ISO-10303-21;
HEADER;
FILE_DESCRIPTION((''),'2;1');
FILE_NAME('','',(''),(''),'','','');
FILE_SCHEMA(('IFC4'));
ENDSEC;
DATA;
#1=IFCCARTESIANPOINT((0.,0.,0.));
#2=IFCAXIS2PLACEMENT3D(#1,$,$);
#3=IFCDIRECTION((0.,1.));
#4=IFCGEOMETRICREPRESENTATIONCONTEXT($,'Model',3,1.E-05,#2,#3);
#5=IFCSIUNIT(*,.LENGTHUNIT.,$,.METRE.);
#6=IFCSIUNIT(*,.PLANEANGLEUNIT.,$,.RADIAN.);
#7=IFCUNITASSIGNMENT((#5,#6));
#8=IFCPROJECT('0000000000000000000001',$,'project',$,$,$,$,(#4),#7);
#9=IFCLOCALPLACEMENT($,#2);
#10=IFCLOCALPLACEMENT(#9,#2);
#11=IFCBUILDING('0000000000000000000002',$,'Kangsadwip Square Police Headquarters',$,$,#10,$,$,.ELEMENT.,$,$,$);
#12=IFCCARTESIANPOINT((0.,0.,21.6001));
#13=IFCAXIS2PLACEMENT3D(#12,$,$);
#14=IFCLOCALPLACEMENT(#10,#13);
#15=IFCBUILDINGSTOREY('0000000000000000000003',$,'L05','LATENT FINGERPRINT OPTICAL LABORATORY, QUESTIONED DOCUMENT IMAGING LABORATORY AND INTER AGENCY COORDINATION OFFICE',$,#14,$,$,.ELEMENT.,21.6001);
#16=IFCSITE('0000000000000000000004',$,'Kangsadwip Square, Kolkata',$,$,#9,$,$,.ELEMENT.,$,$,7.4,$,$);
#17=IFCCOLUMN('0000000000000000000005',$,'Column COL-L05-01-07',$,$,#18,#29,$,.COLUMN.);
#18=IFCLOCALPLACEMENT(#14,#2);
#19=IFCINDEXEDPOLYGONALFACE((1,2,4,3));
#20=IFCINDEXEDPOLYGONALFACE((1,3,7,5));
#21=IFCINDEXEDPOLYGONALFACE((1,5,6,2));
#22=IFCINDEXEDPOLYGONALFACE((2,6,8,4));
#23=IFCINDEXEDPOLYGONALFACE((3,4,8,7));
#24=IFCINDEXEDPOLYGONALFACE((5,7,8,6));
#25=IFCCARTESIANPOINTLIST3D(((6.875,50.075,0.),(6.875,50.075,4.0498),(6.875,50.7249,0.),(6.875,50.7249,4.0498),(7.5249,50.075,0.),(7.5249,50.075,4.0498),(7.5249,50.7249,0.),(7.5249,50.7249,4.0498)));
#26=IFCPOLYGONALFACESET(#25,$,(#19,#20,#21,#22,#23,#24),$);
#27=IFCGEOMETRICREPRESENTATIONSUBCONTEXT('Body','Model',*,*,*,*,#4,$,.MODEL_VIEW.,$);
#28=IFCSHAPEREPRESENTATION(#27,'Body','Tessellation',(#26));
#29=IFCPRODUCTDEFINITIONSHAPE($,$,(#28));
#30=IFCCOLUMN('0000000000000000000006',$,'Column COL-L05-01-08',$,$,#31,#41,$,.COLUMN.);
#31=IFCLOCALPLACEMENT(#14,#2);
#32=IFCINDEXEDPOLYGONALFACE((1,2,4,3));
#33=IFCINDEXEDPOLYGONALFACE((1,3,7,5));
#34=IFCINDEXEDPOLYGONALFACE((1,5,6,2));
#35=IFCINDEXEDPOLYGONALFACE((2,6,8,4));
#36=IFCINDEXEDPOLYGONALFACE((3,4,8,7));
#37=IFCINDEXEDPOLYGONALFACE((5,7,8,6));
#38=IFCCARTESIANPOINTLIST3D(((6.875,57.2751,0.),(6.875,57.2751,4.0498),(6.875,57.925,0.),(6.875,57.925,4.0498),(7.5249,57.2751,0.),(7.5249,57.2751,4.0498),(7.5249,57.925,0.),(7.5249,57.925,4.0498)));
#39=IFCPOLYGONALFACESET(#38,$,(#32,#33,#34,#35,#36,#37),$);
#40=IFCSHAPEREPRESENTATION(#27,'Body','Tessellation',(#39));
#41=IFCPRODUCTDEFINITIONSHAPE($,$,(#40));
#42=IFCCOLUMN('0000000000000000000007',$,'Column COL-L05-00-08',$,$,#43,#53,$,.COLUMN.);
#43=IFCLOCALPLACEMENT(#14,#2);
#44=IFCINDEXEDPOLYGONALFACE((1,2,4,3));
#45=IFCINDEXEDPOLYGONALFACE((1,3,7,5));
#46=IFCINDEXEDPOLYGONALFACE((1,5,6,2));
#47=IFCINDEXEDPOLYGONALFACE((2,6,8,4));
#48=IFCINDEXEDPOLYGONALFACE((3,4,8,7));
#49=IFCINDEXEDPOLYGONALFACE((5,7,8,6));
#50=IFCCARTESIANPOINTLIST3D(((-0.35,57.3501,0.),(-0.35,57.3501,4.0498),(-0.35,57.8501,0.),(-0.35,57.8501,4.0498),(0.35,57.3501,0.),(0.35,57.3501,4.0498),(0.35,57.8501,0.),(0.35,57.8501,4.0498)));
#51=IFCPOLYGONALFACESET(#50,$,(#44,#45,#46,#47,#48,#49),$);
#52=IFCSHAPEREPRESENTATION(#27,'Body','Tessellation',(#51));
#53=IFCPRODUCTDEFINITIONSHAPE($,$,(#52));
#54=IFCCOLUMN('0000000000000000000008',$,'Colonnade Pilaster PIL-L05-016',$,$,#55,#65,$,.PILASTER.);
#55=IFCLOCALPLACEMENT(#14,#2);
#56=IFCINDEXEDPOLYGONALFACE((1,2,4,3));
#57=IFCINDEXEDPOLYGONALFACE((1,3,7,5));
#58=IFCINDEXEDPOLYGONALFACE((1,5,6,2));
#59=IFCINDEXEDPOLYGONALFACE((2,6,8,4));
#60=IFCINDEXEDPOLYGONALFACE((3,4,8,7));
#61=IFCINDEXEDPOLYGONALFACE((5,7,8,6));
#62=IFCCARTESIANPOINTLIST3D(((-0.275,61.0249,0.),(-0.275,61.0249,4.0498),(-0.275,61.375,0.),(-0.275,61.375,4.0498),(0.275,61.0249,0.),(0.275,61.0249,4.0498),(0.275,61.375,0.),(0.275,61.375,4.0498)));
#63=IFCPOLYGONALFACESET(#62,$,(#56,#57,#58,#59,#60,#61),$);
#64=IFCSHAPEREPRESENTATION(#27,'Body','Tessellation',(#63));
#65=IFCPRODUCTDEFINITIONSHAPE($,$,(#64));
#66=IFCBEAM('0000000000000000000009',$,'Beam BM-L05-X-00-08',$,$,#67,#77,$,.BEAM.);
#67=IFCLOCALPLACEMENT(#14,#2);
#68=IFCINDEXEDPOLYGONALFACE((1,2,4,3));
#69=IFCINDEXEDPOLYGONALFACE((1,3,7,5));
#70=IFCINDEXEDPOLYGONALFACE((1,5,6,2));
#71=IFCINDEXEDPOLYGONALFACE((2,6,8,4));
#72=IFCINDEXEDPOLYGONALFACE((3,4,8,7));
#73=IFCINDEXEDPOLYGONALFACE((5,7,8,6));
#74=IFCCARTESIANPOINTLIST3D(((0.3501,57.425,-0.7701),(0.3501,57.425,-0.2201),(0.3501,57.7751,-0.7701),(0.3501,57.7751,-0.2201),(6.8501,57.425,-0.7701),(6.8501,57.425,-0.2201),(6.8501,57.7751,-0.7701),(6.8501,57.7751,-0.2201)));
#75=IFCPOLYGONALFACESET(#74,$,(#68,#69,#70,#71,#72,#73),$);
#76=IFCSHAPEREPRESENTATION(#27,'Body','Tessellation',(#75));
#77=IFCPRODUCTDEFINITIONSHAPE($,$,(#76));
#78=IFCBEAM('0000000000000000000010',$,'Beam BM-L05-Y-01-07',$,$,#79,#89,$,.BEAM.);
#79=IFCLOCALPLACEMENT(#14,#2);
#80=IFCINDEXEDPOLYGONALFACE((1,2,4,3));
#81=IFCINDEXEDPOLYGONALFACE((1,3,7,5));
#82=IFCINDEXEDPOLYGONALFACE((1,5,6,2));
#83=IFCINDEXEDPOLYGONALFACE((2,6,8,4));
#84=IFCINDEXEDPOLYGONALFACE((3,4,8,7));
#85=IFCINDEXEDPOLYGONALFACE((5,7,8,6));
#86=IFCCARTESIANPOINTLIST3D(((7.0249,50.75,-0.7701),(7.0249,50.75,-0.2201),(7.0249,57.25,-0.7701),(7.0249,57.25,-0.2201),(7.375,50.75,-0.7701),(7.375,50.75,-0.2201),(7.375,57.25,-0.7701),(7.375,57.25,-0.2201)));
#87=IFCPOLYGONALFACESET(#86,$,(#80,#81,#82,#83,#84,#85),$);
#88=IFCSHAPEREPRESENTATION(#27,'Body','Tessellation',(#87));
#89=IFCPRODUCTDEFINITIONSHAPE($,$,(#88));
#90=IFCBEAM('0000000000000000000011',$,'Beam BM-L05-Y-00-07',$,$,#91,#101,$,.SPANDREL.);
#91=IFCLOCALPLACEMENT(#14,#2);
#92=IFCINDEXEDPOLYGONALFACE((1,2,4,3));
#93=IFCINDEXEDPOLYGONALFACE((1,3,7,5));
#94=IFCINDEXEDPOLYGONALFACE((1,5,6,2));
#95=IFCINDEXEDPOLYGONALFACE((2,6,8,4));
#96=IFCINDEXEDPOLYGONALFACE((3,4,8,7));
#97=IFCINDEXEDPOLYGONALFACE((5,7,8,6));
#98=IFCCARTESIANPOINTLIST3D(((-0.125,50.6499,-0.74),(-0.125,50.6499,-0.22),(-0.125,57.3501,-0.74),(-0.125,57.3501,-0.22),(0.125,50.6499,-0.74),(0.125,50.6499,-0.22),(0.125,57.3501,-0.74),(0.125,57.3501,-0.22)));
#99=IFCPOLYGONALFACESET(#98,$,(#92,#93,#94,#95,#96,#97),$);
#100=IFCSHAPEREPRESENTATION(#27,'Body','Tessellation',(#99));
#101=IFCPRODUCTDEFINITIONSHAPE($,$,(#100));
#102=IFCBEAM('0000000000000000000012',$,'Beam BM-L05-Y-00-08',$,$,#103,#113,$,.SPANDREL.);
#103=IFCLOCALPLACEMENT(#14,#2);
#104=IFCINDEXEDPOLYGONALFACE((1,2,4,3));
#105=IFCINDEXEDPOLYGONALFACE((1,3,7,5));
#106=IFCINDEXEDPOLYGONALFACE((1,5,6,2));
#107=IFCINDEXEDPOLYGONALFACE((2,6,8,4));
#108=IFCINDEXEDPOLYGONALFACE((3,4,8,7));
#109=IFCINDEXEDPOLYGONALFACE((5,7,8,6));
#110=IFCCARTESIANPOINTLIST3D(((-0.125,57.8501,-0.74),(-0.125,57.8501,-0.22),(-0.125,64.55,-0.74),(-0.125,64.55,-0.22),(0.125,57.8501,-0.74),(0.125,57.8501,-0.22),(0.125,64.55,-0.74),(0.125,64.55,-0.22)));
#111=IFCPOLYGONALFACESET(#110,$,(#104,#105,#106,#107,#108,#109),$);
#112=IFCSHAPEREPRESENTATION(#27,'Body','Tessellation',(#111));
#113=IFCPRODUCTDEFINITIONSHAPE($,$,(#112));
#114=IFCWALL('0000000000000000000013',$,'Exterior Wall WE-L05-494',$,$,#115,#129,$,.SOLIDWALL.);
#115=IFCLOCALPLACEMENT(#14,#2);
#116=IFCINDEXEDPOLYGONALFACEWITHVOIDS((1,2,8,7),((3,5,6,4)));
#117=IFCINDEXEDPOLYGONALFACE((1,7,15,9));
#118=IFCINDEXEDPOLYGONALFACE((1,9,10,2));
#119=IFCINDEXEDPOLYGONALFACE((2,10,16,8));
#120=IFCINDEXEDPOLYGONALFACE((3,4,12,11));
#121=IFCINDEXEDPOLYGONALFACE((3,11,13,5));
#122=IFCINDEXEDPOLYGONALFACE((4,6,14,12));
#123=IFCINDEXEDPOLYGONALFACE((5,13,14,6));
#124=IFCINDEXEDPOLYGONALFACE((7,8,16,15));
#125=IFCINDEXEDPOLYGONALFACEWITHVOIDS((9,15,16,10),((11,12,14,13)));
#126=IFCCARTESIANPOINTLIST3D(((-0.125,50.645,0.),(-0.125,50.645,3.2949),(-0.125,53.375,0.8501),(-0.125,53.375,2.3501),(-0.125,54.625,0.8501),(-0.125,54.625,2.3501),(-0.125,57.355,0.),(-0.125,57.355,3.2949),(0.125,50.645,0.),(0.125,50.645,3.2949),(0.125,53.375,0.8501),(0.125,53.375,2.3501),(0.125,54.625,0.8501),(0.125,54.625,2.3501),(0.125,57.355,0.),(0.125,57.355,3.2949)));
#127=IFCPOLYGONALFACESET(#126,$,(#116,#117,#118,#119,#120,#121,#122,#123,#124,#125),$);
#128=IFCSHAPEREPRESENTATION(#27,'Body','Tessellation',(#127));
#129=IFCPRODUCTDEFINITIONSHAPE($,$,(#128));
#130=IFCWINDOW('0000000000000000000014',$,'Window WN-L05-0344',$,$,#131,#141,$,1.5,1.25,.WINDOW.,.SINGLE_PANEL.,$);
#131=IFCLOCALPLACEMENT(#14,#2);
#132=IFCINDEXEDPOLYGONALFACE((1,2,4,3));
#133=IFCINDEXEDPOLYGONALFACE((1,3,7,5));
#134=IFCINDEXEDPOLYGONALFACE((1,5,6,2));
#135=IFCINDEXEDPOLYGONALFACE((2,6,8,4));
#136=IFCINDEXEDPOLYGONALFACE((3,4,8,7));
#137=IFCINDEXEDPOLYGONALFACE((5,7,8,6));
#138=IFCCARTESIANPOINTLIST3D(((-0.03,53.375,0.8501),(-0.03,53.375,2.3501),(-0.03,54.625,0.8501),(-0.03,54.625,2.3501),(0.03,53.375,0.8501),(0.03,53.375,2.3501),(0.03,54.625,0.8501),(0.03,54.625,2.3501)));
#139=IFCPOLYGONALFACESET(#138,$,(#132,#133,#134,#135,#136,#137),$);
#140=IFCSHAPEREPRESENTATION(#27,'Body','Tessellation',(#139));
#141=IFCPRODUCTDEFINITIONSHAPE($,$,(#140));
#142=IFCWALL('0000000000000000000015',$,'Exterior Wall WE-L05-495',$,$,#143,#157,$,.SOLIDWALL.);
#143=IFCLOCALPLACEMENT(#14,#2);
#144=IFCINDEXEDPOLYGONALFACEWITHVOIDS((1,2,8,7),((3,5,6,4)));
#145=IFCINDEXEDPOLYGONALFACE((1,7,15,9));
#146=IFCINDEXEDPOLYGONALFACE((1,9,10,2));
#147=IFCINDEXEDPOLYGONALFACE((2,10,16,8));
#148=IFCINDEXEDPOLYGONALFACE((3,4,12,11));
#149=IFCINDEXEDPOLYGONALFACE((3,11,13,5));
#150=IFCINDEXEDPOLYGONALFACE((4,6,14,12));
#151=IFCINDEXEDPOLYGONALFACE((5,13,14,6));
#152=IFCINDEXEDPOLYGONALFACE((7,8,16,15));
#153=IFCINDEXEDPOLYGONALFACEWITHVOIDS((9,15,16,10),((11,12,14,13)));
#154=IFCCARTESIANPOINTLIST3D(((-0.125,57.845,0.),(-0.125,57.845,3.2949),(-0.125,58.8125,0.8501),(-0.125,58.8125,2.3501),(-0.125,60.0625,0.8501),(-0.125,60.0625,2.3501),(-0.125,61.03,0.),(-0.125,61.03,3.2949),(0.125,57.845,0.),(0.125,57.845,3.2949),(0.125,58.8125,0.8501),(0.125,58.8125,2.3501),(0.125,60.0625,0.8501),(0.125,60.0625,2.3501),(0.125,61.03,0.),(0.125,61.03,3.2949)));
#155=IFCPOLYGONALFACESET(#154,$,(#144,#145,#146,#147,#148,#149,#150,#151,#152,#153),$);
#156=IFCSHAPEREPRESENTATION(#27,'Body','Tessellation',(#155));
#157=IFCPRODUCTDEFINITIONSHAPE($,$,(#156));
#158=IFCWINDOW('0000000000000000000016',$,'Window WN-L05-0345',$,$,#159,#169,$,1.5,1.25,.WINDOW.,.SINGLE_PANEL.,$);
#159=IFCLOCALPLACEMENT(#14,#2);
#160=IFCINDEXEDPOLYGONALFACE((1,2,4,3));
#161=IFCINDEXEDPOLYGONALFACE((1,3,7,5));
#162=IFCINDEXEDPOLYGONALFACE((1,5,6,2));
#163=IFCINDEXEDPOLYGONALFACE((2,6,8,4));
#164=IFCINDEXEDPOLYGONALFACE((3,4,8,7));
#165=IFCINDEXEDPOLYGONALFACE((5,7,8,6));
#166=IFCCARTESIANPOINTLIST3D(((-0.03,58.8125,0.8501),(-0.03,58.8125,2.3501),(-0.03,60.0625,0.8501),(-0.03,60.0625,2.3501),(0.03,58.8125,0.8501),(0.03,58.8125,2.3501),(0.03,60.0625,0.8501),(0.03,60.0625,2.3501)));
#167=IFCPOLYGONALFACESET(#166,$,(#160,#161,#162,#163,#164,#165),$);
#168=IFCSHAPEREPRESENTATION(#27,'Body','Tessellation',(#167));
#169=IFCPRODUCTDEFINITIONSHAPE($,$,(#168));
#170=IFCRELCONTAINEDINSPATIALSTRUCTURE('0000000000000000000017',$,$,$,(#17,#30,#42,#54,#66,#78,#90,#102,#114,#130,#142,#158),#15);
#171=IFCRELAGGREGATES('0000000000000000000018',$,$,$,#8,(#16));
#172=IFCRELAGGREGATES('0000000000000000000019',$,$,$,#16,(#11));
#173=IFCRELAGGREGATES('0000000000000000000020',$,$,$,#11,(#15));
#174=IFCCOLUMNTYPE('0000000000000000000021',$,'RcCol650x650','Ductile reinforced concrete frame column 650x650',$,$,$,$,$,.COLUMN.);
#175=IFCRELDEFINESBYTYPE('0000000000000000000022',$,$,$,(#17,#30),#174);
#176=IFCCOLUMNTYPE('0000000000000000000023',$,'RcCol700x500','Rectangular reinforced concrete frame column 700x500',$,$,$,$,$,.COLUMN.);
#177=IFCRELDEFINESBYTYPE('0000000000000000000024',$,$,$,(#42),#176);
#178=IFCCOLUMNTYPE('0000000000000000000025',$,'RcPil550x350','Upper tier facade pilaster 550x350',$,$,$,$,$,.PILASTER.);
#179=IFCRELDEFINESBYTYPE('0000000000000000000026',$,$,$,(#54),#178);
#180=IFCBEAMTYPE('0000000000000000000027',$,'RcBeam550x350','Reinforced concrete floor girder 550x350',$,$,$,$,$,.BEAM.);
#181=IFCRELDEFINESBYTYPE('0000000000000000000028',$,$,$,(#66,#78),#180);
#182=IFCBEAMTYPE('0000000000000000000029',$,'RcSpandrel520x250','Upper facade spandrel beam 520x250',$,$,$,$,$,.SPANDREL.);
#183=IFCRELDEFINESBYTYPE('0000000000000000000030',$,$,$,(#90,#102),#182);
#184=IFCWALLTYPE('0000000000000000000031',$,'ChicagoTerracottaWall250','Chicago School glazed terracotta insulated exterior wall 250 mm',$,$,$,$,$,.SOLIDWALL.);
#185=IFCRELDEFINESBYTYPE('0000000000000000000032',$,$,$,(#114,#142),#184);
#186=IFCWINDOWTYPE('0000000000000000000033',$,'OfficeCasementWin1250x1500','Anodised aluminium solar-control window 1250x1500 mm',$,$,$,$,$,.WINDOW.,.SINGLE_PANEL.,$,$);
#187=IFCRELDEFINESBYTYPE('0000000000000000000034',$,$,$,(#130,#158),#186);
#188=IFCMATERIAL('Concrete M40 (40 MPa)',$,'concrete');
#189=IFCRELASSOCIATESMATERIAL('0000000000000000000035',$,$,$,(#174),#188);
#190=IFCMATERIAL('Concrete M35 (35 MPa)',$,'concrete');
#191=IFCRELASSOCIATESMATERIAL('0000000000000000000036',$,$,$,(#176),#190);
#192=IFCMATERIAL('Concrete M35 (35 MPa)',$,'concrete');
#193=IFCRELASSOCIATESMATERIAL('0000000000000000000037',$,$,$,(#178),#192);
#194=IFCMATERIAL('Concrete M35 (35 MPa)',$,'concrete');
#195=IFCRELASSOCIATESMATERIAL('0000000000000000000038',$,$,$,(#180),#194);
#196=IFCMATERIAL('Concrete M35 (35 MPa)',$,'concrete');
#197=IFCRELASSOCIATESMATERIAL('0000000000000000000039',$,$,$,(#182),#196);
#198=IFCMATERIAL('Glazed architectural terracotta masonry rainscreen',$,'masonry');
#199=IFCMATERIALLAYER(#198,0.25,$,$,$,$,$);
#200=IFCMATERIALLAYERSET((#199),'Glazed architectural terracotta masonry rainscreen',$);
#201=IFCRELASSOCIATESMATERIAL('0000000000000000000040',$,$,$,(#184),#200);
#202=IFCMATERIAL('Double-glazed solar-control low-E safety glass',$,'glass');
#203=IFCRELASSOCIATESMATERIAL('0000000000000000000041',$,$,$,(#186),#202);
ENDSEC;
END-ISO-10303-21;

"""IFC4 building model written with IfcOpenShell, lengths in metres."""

from ifc_helpers import new_model, si_unit, direction, frame, frame_2d, origin, origin_2d, place, context, subcontext, project, spatial, rectangle, extrude, material, layer, layer_set, material_profile, profile_set, type_object, element, fill, save


model = new_model("IFC4")

# Units and contexts
model_context = context("Model", 3, precision=1e-05, world=origin(), true_north=direction((0.0, 1.0)))
body_context = subcontext(model_context, "Body", "Model", "MODEL_VIEW")
ifc_project = project(units=[si_unit("LENGTHUNIT", "METRE"), si_unit("PLANEANGLEUNIT", "RADIAN")], contexts=[model_context])

# Site, building, storey
site_placement = place(None, origin())
site = spatial("IfcSite", under=ifc_project, at=site_placement, Name="Kangsadwip Square, Kolkata", CompositionType="ELEMENT", RefElevation=7.4)
building_placement = place(site_placement, origin())
building = spatial("IfcBuilding", under=site, at=building_placement, Name="Kangsadwip Square Police Headquarters", CompositionType="ELEMENT")
storey_placement = place(building_placement, frame((0.0, 0.0, 21.6001)))
storey = spatial("IfcBuildingStorey", under=building, at=storey_placement, Name="L05", Description="LATENT FINGERPRINT OPTICAL LABORATORY, QUESTIONED DOCUMENT IMAGING LABORATORY AND INTER AGENCY COORDINATION OFFICE", CompositionType="ELEMENT", Elevation=21.6001)

# Columns
ifc_material_1 = material(Name="Concrete M40 (40 MPa)", Category="concrete")
ifc_material_profile_1 = material_profile(ifc_material_1, rectangle(XDim=0.6499, YDim=0.6499, at=origin_2d()), Name="RC COL 650X650")
ifc_profile_set_1 = profile_set([ifc_material_profile_1], Name="Concrete M40 (40 MPa)")
column_type_1 = type_object("IfcColumnType", Name="RcCol650x650", Description="Ductile reinforced concrete frame column 650x650", PredefinedType="COLUMN", material=ifc_profile_set_1)
for number, where, z_axis, x_axis, name in (
    (1, (7.2, 50.3999, 0.0), (0.0, 0.0, 1.0), (1.0, 0.0, 0.0), "Column COL-L05-01-07"),
    (2, (7.2, 57.6001, 0.0), (0.0, 0.0, 1.0), (1.0, 0.0, 0.0), "Column COL-L05-01-08"),
):
    element("IfcColumn", number, at=place(storey_placement, frame(where, z_axis=z_axis, x_axis=x_axis)), inside=storey, type_object=column_type_1, Name=name, PredefinedType="COLUMN", context=body_context, shape_type="SweptSolid", body=[
        extrude(rectangle(XDim=0.6499, YDim=0.6499, at=origin_2d()), origin(), (0.0, 0.0, 1.0), 4.0498),
    ])
ifc_material_2 = material(Name="Concrete M35 (35 MPa)", Category="concrete")
ifc_material_profile_2 = material_profile(ifc_material_2, rectangle(XDim=0.5, YDim=0.7, at=origin_2d()), Name="RC COL 700X500")
ifc_profile_set_2 = profile_set([ifc_material_profile_2], Name="Concrete M35 (35 MPa)")
column_type_2 = type_object("IfcColumnType", Name="RcCol700x500", Description="Rectangular reinforced concrete frame column 700x500", PredefinedType="COLUMN", material=ifc_profile_set_2)
column_1_placement = place(storey_placement, frame((0.0, 57.6001, 0.0), z_axis=(0.0, 0.0, 1.0), x_axis=(0.0, 1.0, 0.0)))
element("IfcColumn", 3, at=column_1_placement, inside=storey, type_object=column_type_2, Name="Column COL-L05-00-08", PredefinedType="COLUMN", context=body_context, shape_type="SweptSolid", body=[
    extrude(rectangle(XDim=0.5, YDim=0.7, at=origin_2d()), origin(), (0.0, 0.0, 1.0), 4.0498),
])
ifc_material_3 = material(Name="Concrete M35 (35 MPa)", Category="concrete")
ifc_material_profile_3 = material_profile(ifc_material_3, rectangle(XDim=0.3501, YDim=0.55, at=origin_2d()), Name="RC PIL 550X350")
ifc_profile_set_3 = profile_set([ifc_material_profile_3], Name="Concrete M35 (35 MPa)")
column_type_3 = type_object("IfcColumnType", Name="RcPil550x350", Description="Upper tier facade pilaster 550x350", PredefinedType="PILASTER", material=ifc_profile_set_3)
column_2_placement = place(storey_placement, frame((0.0, 61.2, 0.0), z_axis=(0.0, 0.0, 1.0), x_axis=(0.0, 1.0, 0.0)))
element("IfcColumn", 4, at=column_2_placement, inside=storey, type_object=column_type_3, Name="Colonnade Pilaster PIL-L05-016", PredefinedType="PILASTER", context=body_context, shape_type="SweptSolid", body=[
    extrude(rectangle(XDim=0.3501, YDim=0.55, at=origin_2d()), origin(), (0.0, 0.0, 1.0), 4.0498),
])

# Beams
ifc_material_4 = material(Name="Concrete M35 (35 MPa)", Category="concrete")
ifc_material_profile_4 = material_profile(ifc_material_4, rectangle(XDim=0.3501, YDim=0.55, at=origin_2d()), Name="RC BM 550X350")
ifc_profile_set_4 = profile_set([ifc_material_profile_4], Name="Concrete M35 (35 MPa)")
beam_type_1 = type_object("IfcBeamType", Name="RcBeam550x350", Description="Reinforced concrete floor girder 550x350", PredefinedType="BEAM", material=ifc_profile_set_4)
for number, where, z_axis, x_axis, name in (
    (5, (0.3501, 57.6001, -0.4951), (1.0, 0.0, 0.0), (0.0, 1.0, 0.0), "Beam BM-L05-X-00-08"),
    (6, (7.2, 50.75, -0.4951), (0.0, 1.0, 0.0), (-1.0, 0.0, 0.0), "Beam BM-L05-Y-01-07"),
):
    element("IfcBeam", number, at=place(storey_placement, frame(where, z_axis=z_axis, x_axis=x_axis)), inside=storey, type_object=beam_type_1, Name=name, PredefinedType="BEAM", context=body_context, shape_type="SweptSolid", body=[
        extrude(rectangle(XDim=0.3501, YDim=0.55, at=origin_2d()), origin(), (0.0, 0.0, 1.0), 6.5),
    ])
ifc_material_5 = material(Name="Concrete M35 (35 MPa)", Category="concrete")
ifc_material_profile_5 = material_profile(ifc_material_5, rectangle(XDim=0.25, YDim=0.52, at=origin_2d()), Name="RC SPN 520X250")
ifc_profile_set_5 = profile_set([ifc_material_profile_5], Name="Concrete M35 (35 MPa)")
beam_type_2 = type_object("IfcBeamType", Name="RcSpandrel520x250", Description="Upper facade spandrel beam 520x250", PredefinedType="SPANDREL", material=ifc_profile_set_5)
beam_1_placement = place(storey_placement, frame((0.0, 50.6499, -0.48), z_axis=(0.0, 1.0, 0.0), x_axis=(-1.0, 0.0, 0.0)))
element("IfcBeam", 7, at=beam_1_placement, inside=storey, type_object=beam_type_2, Name="Beam BM-L05-Y-00-07", PredefinedType="SPANDREL", context=body_context, shape_type="SweptSolid", body=[
    extrude(rectangle(XDim=0.25, YDim=0.52, at=origin_2d()), origin(), (0.0, 0.0, 1.0), 6.7002),
])
beam_2_placement = place(storey_placement, frame((0.0, 57.8501, -0.48), z_axis=(0.0, 1.0, 0.0), x_axis=(-1.0, 0.0, 0.0)))
element("IfcBeam", 8, at=beam_2_placement, inside=storey, type_object=beam_type_2, Name="Beam BM-L05-Y-00-08", PredefinedType="SPANDREL", context=body_context, shape_type="SweptSolid", body=[
    extrude(rectangle(XDim=0.25, YDim=0.52, at=origin_2d()), origin(), (0.0, 0.0, 1.0), 6.7),
])

# Walls, openings, windows
ifc_material_6 = material(Name="Glazed architectural terracotta masonry rainscreen", Category="masonry")
ifc_layer = layer(ifc_material_6, 0.25)
ifc_layer_set = layer_set([ifc_layer], Name="Glazed architectural terracotta masonry rainscreen")
wall_type = type_object("IfcWallType", Name="ChicagoTerracottaWall250", Description="Chicago School glazed terracotta insulated exterior wall 250 mm", PredefinedType="SOLIDWALL", material=ifc_layer_set)
wall_1_placement = place(storey_placement, frame((0.0, 50.645, 0.0), z_axis=(0.0, 0.0, 1.0), x_axis=(0.0, 1.0, 0.0)))
wall_1 = element("IfcWall", 9, at=wall_1_placement, inside=storey, type_object=wall_type, Name="Exterior Wall WE-L05-494", PredefinedType="SOLIDWALL", context=body_context, shape_type="SweptSolid", body=[
    extrude(rectangle(XDim=6.71, YDim=0.25, at=frame_2d((3.355, 0.0))), origin(), (0.0, 0.0, 1.0), 3.2949),
])
opening_1_placement = place(wall_1_placement, frame((2.73, 0.0, 0.8501)))
opening_1 = element("IfcOpeningElement", 10, at=opening_1_placement, cuts=wall_1, PredefinedType="OPENING", context=body_context, shape_type="SweptSolid", body=[
    extrude(rectangle(XDim=1.25, YDim=1.5, at=frame_2d((0.625, 0.75))), frame((0.0, 0.135, 0.0), z_axis=(0.0, -1.0, 0.0), x_axis=(1.0, 0.0, 0.0)), (0.0, 0.0, 1.0), 0.27),
])
ifc_material_7 = material(Name="Double-glazed solar-control low-E safety glass", Category="glass")
window_type = type_object("IfcWindowType", Name="OfficeCasementWin1250x1500", Description="Anodised aluminium solar-control window 1250x1500 mm", PartitioningType="SINGLE_PANEL", PredefinedType="WINDOW", material=ifc_material_7)
window_1_placement = place(opening_1_placement, origin())
window_1 = element("IfcWindow", 11, at=window_1_placement, inside=storey, type_object=window_type, Name="Window WN-L05-0344", OverallHeight=1.5, OverallWidth=1.25, PartitioningType="SINGLE_PANEL", PredefinedType="WINDOW", context=body_context, shape_type="SweptSolid", body=[
    extrude(rectangle(XDim=1.25, YDim=1.5, at=frame_2d((0.625, 0.75))), frame((0.0, 0.03, 0.0), z_axis=(0.0, -1.0, 0.0), x_axis=(1.0, 0.0, 0.0)), (0.0, 0.0, 1.0), 0.0601),
])
fill(opening_1, window_1)
wall_2_placement = place(storey_placement, frame((0.0, 57.845, 0.0), z_axis=(0.0, 0.0, 1.0), x_axis=(0.0, 1.0, 0.0)))
wall_2 = element("IfcWall", 12, at=wall_2_placement, inside=storey, type_object=wall_type, Name="Exterior Wall WE-L05-495", PredefinedType="SOLIDWALL", context=body_context, shape_type="SweptSolid", body=[
    extrude(rectangle(XDim=3.1851, YDim=0.25, at=frame_2d((1.5925, 0.0))), origin(), (0.0, 0.0, 1.0), 3.2949),
])
opening_2_placement = place(wall_2_placement, frame((0.9675, 0.0, 0.8501)))
opening_2 = element("IfcOpeningElement", 13, at=opening_2_placement, cuts=wall_2, PredefinedType="OPENING", context=body_context, shape_type="SweptSolid", body=[
    extrude(rectangle(XDim=1.25, YDim=1.5, at=frame_2d((0.625, 0.75))), frame((0.0, 0.135, 0.0), z_axis=(0.0, -1.0, 0.0), x_axis=(1.0, 0.0, 0.0)), (0.0, 0.0, 1.0), 0.27),
])
window_2_placement = place(opening_2_placement, origin())
window_2 = element("IfcWindow", 14, at=window_2_placement, inside=storey, type_object=window_type, Name="Window WN-L05-0345", OverallHeight=1.5, OverallWidth=1.25, PartitioningType="SINGLE_PANEL", PredefinedType="WINDOW", context=body_context, shape_type="SweptSolid", body=[
    extrude(rectangle(XDim=1.25, YDim=1.5, at=frame_2d((0.625, 0.75))), frame((0.0, 0.03, 0.0), z_axis=(0.0, -1.0, 0.0), x_axis=(1.0, 0.0, 0.0)), (0.0, 0.0, 1.0), 0.0601),
])
fill(opening_2, window_2)

save(model, "model.ifc")
